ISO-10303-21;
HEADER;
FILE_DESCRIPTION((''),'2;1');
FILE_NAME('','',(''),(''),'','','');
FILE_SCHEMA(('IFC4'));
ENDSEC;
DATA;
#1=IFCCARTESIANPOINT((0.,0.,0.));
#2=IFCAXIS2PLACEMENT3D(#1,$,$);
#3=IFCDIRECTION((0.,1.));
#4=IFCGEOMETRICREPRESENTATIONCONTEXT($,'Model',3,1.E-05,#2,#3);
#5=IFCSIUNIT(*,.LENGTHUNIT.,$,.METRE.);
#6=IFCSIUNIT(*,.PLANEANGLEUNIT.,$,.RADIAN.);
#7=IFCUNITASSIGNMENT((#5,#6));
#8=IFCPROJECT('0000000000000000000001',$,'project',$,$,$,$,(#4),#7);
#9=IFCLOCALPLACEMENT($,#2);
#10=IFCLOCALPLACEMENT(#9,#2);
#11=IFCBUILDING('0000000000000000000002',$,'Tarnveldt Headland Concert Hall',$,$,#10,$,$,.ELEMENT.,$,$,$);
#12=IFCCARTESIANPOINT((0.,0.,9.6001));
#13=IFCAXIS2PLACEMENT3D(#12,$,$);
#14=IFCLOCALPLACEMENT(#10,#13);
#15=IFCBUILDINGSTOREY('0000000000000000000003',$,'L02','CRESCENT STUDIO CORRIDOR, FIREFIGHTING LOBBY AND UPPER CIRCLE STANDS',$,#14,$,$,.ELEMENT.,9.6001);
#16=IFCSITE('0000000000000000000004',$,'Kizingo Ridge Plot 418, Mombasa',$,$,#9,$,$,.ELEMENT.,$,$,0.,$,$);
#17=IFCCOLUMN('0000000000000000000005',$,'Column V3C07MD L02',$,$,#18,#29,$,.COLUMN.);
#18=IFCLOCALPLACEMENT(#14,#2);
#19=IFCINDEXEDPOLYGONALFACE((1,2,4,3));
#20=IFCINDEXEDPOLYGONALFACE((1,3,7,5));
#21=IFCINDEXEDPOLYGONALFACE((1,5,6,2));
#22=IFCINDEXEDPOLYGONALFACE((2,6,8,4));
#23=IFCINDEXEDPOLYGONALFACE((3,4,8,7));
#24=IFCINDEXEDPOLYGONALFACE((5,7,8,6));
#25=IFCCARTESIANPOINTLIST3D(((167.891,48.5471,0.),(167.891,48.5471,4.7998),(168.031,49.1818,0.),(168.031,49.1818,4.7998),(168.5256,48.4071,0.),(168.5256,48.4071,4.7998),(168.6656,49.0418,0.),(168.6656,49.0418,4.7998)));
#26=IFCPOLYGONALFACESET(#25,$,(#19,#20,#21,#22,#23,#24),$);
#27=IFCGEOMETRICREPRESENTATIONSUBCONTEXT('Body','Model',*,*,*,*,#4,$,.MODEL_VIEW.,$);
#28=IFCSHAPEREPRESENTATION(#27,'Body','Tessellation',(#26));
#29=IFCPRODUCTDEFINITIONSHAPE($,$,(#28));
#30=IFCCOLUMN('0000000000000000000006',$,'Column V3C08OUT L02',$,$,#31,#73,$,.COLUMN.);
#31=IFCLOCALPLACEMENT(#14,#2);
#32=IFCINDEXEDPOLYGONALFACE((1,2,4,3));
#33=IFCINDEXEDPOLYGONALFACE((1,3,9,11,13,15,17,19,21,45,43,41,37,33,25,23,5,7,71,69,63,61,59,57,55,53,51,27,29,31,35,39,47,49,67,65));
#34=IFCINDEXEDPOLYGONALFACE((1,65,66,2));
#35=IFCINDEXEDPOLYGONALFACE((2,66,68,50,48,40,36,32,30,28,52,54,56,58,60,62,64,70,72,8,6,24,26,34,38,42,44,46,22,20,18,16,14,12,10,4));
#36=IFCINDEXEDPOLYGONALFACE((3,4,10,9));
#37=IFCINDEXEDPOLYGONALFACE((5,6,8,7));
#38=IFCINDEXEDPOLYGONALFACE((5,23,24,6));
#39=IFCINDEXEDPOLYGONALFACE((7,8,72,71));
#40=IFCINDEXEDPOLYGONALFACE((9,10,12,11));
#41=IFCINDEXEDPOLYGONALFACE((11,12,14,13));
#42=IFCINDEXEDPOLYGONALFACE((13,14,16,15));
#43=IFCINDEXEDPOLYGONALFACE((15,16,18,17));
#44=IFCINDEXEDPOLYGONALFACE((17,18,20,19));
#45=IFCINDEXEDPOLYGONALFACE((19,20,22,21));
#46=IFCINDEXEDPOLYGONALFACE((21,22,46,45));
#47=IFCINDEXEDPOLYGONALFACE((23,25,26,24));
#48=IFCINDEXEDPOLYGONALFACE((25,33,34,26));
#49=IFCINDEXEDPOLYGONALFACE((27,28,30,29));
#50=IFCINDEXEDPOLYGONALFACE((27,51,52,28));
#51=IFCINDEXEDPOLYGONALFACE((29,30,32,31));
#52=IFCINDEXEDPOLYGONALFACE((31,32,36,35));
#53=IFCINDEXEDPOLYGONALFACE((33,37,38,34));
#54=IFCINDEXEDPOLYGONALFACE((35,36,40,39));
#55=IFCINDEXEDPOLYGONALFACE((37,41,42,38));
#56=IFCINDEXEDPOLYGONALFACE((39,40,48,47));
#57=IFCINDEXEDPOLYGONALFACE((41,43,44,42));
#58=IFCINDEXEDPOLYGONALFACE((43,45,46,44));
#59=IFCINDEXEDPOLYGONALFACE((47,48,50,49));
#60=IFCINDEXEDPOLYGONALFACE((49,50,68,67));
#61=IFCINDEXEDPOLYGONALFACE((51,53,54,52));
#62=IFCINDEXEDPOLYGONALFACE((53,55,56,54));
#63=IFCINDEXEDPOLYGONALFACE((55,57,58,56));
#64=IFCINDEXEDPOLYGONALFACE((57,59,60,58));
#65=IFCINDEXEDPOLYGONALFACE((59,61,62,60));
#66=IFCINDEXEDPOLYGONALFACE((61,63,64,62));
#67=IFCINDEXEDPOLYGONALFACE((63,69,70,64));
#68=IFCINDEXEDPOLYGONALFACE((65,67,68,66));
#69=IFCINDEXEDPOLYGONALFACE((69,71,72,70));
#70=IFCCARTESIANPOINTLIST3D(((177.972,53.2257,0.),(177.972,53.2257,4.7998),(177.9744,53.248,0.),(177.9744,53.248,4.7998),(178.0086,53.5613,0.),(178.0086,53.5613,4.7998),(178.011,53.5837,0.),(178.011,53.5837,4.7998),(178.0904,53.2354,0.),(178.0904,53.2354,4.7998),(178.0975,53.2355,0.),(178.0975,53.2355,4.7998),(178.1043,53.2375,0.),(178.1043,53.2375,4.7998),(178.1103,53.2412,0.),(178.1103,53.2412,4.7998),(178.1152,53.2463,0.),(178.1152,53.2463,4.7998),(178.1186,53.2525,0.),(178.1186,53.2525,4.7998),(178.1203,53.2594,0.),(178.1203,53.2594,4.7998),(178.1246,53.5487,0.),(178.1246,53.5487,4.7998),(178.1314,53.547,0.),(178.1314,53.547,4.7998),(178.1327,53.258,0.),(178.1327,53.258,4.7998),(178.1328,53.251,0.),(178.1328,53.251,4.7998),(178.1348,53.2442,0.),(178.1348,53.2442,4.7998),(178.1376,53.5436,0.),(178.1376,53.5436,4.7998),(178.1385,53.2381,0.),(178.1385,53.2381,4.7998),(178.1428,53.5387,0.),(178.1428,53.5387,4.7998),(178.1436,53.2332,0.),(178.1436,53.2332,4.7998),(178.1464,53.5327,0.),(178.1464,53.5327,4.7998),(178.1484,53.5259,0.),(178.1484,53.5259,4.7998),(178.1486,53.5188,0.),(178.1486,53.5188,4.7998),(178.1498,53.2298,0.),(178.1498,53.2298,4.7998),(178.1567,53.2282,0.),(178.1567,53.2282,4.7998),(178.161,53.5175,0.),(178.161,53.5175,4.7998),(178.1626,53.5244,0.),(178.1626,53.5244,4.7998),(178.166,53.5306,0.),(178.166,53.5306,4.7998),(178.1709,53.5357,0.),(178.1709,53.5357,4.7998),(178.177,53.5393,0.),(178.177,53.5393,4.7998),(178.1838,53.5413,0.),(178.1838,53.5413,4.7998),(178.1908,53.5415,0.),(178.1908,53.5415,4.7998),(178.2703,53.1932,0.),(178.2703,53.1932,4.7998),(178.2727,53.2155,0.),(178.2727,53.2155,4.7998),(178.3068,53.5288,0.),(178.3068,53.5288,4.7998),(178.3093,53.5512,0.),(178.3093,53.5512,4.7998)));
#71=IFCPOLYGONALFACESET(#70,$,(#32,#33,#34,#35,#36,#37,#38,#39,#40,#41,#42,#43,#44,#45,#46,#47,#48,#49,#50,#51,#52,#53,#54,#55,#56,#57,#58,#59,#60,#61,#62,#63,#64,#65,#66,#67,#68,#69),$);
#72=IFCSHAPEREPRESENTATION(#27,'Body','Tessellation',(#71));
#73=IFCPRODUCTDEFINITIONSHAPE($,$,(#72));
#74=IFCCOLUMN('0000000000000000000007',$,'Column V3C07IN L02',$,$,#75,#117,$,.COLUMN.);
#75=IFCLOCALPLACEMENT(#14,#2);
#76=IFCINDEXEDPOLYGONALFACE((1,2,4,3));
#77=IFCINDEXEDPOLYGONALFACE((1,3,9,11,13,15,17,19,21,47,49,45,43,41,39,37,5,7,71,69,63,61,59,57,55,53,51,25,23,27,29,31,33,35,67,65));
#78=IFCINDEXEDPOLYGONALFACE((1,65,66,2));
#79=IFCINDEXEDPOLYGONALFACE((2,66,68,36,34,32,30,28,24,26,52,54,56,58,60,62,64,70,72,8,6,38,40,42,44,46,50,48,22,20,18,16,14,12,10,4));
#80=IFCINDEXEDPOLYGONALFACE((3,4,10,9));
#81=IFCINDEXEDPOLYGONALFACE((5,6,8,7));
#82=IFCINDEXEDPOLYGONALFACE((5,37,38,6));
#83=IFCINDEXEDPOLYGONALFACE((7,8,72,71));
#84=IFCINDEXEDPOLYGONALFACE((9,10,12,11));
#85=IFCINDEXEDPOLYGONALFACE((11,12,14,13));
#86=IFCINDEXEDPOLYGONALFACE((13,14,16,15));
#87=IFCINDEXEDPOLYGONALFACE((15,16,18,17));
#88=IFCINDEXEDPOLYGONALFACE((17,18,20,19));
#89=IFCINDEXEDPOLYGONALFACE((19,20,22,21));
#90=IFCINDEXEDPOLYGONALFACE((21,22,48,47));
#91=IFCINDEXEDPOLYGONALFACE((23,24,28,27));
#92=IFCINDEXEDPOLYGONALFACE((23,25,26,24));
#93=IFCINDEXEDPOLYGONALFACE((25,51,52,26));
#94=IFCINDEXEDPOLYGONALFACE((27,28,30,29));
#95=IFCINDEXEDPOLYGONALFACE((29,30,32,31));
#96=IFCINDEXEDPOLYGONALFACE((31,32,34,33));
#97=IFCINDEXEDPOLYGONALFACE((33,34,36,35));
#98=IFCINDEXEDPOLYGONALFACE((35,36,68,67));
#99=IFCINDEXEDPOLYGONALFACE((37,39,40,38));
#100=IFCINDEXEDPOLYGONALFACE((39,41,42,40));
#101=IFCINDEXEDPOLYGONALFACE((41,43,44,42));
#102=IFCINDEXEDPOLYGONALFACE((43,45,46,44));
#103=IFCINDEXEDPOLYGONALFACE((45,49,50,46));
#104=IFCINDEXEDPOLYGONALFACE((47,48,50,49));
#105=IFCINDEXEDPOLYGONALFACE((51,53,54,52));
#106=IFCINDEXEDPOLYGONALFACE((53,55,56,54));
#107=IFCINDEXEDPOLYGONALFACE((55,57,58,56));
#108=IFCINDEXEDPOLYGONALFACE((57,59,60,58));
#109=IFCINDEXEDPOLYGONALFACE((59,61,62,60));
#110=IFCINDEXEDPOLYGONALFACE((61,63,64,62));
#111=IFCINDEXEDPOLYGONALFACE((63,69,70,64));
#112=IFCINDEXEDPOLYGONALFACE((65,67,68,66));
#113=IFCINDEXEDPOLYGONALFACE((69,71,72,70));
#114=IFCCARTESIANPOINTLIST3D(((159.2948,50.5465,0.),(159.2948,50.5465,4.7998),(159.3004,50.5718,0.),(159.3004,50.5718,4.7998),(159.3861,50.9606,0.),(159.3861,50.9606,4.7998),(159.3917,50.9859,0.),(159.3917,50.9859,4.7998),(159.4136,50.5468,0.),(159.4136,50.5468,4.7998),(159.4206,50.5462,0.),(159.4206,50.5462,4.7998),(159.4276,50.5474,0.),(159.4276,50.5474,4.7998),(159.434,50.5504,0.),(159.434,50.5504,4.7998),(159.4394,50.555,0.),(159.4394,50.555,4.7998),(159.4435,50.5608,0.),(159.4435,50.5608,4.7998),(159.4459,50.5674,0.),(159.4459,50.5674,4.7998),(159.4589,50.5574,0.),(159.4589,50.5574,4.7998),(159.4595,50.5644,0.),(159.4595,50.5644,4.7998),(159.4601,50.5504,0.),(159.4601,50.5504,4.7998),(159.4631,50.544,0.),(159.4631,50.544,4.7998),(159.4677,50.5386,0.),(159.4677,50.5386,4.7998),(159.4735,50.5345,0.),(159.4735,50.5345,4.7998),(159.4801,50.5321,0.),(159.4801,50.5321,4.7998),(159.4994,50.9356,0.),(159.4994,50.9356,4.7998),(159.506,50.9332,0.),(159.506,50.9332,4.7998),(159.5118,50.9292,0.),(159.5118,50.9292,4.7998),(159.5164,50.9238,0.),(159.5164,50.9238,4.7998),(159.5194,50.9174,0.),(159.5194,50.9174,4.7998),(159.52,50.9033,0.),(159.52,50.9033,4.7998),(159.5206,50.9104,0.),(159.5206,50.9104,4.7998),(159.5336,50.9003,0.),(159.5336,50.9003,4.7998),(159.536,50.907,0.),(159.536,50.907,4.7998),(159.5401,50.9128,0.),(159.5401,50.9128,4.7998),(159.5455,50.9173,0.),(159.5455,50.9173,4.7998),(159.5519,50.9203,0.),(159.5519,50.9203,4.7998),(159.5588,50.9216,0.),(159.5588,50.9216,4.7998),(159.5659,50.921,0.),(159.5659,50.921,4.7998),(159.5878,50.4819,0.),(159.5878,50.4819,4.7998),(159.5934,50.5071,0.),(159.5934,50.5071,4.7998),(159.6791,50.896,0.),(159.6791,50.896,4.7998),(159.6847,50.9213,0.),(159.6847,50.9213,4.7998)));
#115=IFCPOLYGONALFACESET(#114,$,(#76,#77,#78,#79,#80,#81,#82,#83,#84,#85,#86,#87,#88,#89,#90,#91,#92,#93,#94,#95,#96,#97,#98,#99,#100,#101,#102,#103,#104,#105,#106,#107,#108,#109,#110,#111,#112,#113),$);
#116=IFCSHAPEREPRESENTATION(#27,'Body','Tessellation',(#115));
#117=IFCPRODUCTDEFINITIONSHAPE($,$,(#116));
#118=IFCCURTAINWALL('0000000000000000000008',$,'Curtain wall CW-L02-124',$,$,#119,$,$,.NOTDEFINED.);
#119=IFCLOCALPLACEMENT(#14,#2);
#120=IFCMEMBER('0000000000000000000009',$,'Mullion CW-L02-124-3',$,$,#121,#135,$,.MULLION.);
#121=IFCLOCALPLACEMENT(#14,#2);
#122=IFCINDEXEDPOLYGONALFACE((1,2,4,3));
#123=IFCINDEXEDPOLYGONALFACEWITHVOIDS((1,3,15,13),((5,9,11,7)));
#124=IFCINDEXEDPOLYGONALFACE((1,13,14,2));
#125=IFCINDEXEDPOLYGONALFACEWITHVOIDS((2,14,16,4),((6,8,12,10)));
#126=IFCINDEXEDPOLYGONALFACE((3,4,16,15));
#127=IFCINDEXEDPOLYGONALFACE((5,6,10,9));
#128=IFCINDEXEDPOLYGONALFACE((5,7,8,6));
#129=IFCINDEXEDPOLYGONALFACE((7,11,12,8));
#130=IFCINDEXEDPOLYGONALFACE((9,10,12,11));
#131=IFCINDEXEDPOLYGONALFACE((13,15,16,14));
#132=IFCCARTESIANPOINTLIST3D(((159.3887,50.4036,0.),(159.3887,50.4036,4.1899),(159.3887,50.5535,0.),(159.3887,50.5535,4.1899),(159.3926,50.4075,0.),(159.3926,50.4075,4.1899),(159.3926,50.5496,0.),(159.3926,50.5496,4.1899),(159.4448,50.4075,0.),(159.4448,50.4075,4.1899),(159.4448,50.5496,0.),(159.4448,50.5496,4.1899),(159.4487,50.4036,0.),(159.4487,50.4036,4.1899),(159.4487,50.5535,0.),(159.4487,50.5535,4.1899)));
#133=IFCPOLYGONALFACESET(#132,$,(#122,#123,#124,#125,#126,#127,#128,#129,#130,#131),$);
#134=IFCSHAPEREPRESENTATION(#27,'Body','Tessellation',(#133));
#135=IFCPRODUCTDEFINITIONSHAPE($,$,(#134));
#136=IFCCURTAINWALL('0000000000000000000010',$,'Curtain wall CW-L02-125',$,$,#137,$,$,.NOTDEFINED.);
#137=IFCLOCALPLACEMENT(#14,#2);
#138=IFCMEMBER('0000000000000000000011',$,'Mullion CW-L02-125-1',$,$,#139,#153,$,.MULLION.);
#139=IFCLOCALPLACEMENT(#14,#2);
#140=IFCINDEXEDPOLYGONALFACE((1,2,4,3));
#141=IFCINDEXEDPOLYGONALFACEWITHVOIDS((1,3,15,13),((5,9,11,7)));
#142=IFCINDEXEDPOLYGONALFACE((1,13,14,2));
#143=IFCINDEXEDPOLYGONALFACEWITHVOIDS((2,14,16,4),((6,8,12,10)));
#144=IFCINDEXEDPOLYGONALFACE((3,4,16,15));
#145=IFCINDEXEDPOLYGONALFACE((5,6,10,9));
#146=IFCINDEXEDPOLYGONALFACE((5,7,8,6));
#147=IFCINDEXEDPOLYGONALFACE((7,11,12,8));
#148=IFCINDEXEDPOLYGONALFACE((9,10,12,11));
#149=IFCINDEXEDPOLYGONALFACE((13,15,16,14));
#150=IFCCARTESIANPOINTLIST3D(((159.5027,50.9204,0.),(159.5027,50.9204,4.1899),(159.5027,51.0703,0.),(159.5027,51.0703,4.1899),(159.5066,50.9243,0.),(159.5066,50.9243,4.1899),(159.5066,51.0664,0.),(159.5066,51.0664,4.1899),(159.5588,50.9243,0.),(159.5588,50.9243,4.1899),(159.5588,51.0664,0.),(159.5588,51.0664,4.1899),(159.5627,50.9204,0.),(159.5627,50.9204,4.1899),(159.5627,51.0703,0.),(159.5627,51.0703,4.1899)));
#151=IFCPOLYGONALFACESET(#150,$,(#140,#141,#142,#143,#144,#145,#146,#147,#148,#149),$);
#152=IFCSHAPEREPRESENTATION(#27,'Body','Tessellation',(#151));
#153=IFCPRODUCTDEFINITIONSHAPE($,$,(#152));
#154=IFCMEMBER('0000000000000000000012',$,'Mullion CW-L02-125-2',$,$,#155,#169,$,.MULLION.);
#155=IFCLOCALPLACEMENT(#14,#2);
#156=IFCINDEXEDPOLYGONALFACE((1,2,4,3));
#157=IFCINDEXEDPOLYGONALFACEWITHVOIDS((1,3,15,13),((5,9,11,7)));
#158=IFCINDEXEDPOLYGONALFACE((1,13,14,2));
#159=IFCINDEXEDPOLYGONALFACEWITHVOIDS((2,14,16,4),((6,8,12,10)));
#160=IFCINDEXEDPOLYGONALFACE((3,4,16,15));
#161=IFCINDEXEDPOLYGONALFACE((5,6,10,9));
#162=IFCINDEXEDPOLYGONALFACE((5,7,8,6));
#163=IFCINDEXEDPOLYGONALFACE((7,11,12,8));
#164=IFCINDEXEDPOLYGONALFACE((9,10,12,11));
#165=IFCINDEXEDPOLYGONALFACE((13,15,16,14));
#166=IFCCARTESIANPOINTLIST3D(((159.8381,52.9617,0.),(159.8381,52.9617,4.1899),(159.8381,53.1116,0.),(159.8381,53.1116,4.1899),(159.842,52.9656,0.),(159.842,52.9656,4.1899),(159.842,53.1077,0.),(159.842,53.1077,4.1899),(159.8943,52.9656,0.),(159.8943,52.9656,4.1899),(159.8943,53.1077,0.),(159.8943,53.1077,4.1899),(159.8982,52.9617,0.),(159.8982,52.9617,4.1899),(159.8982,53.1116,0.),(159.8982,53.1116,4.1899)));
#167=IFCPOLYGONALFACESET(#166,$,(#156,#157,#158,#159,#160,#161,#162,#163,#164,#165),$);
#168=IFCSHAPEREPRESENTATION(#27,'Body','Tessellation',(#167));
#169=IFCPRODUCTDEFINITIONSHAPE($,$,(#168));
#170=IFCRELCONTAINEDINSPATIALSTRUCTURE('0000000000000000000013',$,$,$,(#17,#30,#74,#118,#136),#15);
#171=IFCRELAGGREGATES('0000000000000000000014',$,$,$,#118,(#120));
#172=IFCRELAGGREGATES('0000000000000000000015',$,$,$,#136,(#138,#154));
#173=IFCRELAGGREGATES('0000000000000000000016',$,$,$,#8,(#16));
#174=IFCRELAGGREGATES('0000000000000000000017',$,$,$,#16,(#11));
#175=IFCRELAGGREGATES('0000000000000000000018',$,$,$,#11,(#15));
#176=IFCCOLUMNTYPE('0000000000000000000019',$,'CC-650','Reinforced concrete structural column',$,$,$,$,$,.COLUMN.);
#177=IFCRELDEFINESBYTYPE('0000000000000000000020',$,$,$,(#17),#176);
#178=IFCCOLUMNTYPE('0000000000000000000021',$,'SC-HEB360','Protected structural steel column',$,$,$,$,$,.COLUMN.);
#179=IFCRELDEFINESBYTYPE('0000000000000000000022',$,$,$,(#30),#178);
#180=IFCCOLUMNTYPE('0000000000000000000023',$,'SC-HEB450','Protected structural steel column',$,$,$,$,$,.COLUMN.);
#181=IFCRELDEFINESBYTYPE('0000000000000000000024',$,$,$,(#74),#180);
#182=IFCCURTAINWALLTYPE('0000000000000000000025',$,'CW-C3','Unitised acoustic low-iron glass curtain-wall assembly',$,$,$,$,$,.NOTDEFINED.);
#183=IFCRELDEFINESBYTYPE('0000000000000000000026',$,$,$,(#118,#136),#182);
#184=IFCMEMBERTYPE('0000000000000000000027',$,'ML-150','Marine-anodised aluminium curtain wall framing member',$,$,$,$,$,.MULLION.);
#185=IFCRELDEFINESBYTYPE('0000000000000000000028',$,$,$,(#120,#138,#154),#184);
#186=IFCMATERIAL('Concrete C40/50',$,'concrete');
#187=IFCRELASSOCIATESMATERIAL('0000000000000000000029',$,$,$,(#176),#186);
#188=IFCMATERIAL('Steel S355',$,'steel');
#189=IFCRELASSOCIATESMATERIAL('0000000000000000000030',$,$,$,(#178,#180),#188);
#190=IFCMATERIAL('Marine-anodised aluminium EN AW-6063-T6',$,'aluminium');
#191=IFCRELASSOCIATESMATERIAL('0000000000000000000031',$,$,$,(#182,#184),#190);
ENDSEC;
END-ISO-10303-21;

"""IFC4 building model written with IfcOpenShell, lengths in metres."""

from ifc_helpers import new_model, si_unit, direction, frame, origin, origin_2d, place, context, subcontext, project, spatial, rectangle, hollow_rectangle, i_section, extrude, material, material_profile, profile_set, type_object, element, aggregate, save


model = new_model("IFC4")

# Units and contexts
model_context = context("Model", 3, precision=1e-05, world=origin(), true_north=direction((0.0, 1.0)))
body_context = subcontext(model_context, "Body", "Model", "MODEL_VIEW")
ifc_project = project(units=[si_unit("LENGTHUNIT", "METRE"), si_unit("PLANEANGLEUNIT", "RADIAN")], contexts=[model_context])

# Site, building, storey
site_placement = place(None, origin())
site = spatial("IfcSite", under=ifc_project, at=site_placement, Name="Kizingo Ridge Plot 418, Mombasa", CompositionType="ELEMENT", RefElevation=0.0)
building_placement = place(site_placement, origin())
building = spatial("IfcBuilding", under=site, at=building_placement, Name="Tarnveldt Headland Concert Hall", CompositionType="ELEMENT")
storey_placement = place(building_placement, frame((0.0, 0.0, 9.6001)))
storey = spatial("IfcBuildingStorey", under=building, at=storey_placement, Name="L02", Description="CRESCENT STUDIO CORRIDOR, FIREFIGHTING LOBBY AND UPPER CIRCLE STANDS", CompositionType="ELEMENT", Elevation=9.6001)

# Columns
ifc_material_1 = material(Name="Concrete C40/50", Category="concrete")
ifc_material_profile_1 = material_profile(ifc_material_1, rectangle(XDim=0.6499, YDim=0.6499, at=origin_2d()), Name="RC 650x650", Category="concrete")
ifc_profile_set_1 = profile_set([ifc_material_profile_1], Name="Concrete C40/50")
column_type_1 = type_object("IfcColumnType", Name="CC-650", Description="Reinforced concrete structural column", PredefinedType="COLUMN", material=ifc_profile_set_1)
column_1_placement = place(storey_placement, frame((168.2783, 48.7944, 0.0), z_axis=(0.0, 0.0, 1.0), x_axis=(0.976522, -0.215417, 0.0)))
element("IfcColumn", 1, at=column_1_placement, inside=storey, type_object=column_type_1, Name="Column V3C07MD L02", PredefinedType="COLUMN", context=body_context, shape_type="SweptSolid", body=[
    extrude(rectangle(XDim=0.6499, YDim=0.6499, at=origin_2d()), origin(), (0.0, 0.0, 1.0), 4.7998),
])
ifc_material_2 = material(Name="Steel S355", Category="steel")
ifc_material_profile_2 = material_profile(ifc_material_2, i_section(OverallWidth=0.3, OverallDepth=0.3601, WebThickness=0.0125, FlangeThickness=0.0225, FilletRadius=0.0271, at=origin_2d()), Name="HEB360", Category="steel")
ifc_profile_set_2 = profile_set([ifc_material_profile_2], Name="Steel S355")
column_type_2 = type_object("IfcColumnType", Name="SC-HEB360", Description="Protected structural steel column", PredefinedType="COLUMN", material=ifc_profile_set_2)
column_2_placement = place(storey_placement, frame((178.1406, 53.3884, 0.0), z_axis=(0.0, 0.0, 1.0), x_axis=(0.994113, -0.108346, 0.0)))
element("IfcColumn", 2, at=column_2_placement, inside=storey, type_object=column_type_2, Name="Column V3C08OUT L02", PredefinedType="COLUMN", context=body_context, shape_type="SweptSolid", body=[
    extrude(i_section(OverallWidth=0.3, OverallDepth=0.3601, WebThickness=0.0125, FlangeThickness=0.0225, FilletRadius=0.0271, at=origin_2d()), origin(), (0.0, 0.0, 1.0), 4.7998),
])
ifc_material_profile_3 = material_profile(ifc_material_2, i_section(OverallWidth=0.3, OverallDepth=0.45, WebThickness=0.0139, FlangeThickness=0.0259, FilletRadius=0.0271, at=origin_2d()), Name="HEB450", Category="steel")
ifc_profile_set_3 = profile_set([ifc_material_profile_3], Name="Steel S355")
column_type_3 = type_object("IfcColumnType", Name="SC-HEB450", Description="Protected structural steel column", PredefinedType="COLUMN", material=ifc_profile_set_3)
column_3_placement = place(storey_placement, frame((159.4897, 50.7339, 0.0), z_axis=(0.0, 0.0, 1.0), x_axis=(0.976522, -0.215417, 0.0)))
element("IfcColumn", 3, at=column_3_placement, inside=storey, type_object=column_type_3, Name="Column V3C07IN L02", PredefinedType="COLUMN", context=body_context, shape_type="SweptSolid", body=[
    extrude(i_section(OverallWidth=0.3, OverallDepth=0.45, WebThickness=0.0139, FlangeThickness=0.0259, FilletRadius=0.0271, at=origin_2d()), origin(), (0.0, 0.0, 1.0), 4.7998),
])

# Curtain wall, member
ifc_material_3 = material(Name="Marine-anodised aluminium EN AW-6063-T6", Category="aluminium")
curtain_wall_type = type_object("IfcCurtainWallType", Name="CW-C3", Description="Unitised acoustic low-iron glass curtain-wall assembly", PredefinedType="NOTDEFINED", material=ifc_material_3)
curtain_wall_1_placement = place(storey_placement, origin())
curtain_wall_1 = element("IfcCurtainWall", 4, at=curtain_wall_1_placement, inside=storey, type_object=curtain_wall_type, Name="Curtain wall CW-L02-124", PredefinedType="NOTDEFINED")
ifc_material_profile_4 = material_profile(ifc_material_3, hollow_rectangle(XDim=0.0601, YDim=0.1499, WallThickness=0.0039, at=origin_2d()), Name="ALU MULLION 60x150x4", Category="aluminium")
ifc_profile_set_4 = profile_set([ifc_material_profile_4], Name="Marine-anodised aluminium EN AW-6063-T6")
member_type_1 = type_object("IfcMemberType", Name="ML-150", Description="Marine-anodised aluminium curtain wall framing member", PredefinedType="MULLION", material=ifc_profile_set_4)
member_1_placement = place(storey_placement, frame((159.4187, 50.4785, 0.0), z_axis=(0.0, 0.0, 1.0), x_axis=(1.0, 0.0, 0.0)))
member_1 = element("IfcMember", 5, at=member_1_placement, type_object=member_type_1, Name="Mullion CW-L02-124-3", PredefinedType="MULLION", context=body_context, shape_type="SweptSolid", body=[
    extrude(hollow_rectangle(XDim=0.0601, YDim=0.1499, WallThickness=0.0039, at=origin_2d()), origin(), (0.0, 0.0, 1.0), 4.1899),
])

# Curtain wall, members
curtain_wall_2_placement = place(storey_placement, origin())
curtain_wall_2 = element("IfcCurtainWall", 6, at=curtain_wall_2_placement, inside=storey, type_object=curtain_wall_type, Name="Curtain wall CW-L02-125", PredefinedType="NOTDEFINED")
member_2_placement = place(storey_placement, frame((159.5327, 50.9954, 0.0), z_axis=(0.0, 0.0, 1.0), x_axis=(1.0, 0.0, 0.0)))
member_2 = element("IfcMember", 7, at=member_2_placement, type_object=member_type_1, Name="Mullion CW-L02-125-1", PredefinedType="MULLION", context=body_context, shape_type="SweptSolid", body=[
    extrude(hollow_rectangle(XDim=0.0601, YDim=0.1499, WallThickness=0.0039, at=origin_2d()), origin(), (0.0, 0.0, 1.0), 4.1899),
])
member_3_placement = place(storey_placement, frame((159.8682, 53.0366, 0.0), z_axis=(0.0, 0.0, 1.0), x_axis=(1.0, 0.0, 0.0)))
member_3 = element("IfcMember", 8, at=member_3_placement, type_object=member_type_1, Name="Mullion CW-L02-125-2", PredefinedType="MULLION", context=body_context, shape_type="SweptSolid", body=[
    extrude(hollow_rectangle(XDim=0.0601, YDim=0.1499, WallThickness=0.0039, at=origin_2d()), origin(), (0.0, 0.0, 1.0), 4.1899),
])

aggregate(curtain_wall_1, [member_1])
aggregate(curtain_wall_2, [member_2, member_3])

save(model, "model.ifc")
